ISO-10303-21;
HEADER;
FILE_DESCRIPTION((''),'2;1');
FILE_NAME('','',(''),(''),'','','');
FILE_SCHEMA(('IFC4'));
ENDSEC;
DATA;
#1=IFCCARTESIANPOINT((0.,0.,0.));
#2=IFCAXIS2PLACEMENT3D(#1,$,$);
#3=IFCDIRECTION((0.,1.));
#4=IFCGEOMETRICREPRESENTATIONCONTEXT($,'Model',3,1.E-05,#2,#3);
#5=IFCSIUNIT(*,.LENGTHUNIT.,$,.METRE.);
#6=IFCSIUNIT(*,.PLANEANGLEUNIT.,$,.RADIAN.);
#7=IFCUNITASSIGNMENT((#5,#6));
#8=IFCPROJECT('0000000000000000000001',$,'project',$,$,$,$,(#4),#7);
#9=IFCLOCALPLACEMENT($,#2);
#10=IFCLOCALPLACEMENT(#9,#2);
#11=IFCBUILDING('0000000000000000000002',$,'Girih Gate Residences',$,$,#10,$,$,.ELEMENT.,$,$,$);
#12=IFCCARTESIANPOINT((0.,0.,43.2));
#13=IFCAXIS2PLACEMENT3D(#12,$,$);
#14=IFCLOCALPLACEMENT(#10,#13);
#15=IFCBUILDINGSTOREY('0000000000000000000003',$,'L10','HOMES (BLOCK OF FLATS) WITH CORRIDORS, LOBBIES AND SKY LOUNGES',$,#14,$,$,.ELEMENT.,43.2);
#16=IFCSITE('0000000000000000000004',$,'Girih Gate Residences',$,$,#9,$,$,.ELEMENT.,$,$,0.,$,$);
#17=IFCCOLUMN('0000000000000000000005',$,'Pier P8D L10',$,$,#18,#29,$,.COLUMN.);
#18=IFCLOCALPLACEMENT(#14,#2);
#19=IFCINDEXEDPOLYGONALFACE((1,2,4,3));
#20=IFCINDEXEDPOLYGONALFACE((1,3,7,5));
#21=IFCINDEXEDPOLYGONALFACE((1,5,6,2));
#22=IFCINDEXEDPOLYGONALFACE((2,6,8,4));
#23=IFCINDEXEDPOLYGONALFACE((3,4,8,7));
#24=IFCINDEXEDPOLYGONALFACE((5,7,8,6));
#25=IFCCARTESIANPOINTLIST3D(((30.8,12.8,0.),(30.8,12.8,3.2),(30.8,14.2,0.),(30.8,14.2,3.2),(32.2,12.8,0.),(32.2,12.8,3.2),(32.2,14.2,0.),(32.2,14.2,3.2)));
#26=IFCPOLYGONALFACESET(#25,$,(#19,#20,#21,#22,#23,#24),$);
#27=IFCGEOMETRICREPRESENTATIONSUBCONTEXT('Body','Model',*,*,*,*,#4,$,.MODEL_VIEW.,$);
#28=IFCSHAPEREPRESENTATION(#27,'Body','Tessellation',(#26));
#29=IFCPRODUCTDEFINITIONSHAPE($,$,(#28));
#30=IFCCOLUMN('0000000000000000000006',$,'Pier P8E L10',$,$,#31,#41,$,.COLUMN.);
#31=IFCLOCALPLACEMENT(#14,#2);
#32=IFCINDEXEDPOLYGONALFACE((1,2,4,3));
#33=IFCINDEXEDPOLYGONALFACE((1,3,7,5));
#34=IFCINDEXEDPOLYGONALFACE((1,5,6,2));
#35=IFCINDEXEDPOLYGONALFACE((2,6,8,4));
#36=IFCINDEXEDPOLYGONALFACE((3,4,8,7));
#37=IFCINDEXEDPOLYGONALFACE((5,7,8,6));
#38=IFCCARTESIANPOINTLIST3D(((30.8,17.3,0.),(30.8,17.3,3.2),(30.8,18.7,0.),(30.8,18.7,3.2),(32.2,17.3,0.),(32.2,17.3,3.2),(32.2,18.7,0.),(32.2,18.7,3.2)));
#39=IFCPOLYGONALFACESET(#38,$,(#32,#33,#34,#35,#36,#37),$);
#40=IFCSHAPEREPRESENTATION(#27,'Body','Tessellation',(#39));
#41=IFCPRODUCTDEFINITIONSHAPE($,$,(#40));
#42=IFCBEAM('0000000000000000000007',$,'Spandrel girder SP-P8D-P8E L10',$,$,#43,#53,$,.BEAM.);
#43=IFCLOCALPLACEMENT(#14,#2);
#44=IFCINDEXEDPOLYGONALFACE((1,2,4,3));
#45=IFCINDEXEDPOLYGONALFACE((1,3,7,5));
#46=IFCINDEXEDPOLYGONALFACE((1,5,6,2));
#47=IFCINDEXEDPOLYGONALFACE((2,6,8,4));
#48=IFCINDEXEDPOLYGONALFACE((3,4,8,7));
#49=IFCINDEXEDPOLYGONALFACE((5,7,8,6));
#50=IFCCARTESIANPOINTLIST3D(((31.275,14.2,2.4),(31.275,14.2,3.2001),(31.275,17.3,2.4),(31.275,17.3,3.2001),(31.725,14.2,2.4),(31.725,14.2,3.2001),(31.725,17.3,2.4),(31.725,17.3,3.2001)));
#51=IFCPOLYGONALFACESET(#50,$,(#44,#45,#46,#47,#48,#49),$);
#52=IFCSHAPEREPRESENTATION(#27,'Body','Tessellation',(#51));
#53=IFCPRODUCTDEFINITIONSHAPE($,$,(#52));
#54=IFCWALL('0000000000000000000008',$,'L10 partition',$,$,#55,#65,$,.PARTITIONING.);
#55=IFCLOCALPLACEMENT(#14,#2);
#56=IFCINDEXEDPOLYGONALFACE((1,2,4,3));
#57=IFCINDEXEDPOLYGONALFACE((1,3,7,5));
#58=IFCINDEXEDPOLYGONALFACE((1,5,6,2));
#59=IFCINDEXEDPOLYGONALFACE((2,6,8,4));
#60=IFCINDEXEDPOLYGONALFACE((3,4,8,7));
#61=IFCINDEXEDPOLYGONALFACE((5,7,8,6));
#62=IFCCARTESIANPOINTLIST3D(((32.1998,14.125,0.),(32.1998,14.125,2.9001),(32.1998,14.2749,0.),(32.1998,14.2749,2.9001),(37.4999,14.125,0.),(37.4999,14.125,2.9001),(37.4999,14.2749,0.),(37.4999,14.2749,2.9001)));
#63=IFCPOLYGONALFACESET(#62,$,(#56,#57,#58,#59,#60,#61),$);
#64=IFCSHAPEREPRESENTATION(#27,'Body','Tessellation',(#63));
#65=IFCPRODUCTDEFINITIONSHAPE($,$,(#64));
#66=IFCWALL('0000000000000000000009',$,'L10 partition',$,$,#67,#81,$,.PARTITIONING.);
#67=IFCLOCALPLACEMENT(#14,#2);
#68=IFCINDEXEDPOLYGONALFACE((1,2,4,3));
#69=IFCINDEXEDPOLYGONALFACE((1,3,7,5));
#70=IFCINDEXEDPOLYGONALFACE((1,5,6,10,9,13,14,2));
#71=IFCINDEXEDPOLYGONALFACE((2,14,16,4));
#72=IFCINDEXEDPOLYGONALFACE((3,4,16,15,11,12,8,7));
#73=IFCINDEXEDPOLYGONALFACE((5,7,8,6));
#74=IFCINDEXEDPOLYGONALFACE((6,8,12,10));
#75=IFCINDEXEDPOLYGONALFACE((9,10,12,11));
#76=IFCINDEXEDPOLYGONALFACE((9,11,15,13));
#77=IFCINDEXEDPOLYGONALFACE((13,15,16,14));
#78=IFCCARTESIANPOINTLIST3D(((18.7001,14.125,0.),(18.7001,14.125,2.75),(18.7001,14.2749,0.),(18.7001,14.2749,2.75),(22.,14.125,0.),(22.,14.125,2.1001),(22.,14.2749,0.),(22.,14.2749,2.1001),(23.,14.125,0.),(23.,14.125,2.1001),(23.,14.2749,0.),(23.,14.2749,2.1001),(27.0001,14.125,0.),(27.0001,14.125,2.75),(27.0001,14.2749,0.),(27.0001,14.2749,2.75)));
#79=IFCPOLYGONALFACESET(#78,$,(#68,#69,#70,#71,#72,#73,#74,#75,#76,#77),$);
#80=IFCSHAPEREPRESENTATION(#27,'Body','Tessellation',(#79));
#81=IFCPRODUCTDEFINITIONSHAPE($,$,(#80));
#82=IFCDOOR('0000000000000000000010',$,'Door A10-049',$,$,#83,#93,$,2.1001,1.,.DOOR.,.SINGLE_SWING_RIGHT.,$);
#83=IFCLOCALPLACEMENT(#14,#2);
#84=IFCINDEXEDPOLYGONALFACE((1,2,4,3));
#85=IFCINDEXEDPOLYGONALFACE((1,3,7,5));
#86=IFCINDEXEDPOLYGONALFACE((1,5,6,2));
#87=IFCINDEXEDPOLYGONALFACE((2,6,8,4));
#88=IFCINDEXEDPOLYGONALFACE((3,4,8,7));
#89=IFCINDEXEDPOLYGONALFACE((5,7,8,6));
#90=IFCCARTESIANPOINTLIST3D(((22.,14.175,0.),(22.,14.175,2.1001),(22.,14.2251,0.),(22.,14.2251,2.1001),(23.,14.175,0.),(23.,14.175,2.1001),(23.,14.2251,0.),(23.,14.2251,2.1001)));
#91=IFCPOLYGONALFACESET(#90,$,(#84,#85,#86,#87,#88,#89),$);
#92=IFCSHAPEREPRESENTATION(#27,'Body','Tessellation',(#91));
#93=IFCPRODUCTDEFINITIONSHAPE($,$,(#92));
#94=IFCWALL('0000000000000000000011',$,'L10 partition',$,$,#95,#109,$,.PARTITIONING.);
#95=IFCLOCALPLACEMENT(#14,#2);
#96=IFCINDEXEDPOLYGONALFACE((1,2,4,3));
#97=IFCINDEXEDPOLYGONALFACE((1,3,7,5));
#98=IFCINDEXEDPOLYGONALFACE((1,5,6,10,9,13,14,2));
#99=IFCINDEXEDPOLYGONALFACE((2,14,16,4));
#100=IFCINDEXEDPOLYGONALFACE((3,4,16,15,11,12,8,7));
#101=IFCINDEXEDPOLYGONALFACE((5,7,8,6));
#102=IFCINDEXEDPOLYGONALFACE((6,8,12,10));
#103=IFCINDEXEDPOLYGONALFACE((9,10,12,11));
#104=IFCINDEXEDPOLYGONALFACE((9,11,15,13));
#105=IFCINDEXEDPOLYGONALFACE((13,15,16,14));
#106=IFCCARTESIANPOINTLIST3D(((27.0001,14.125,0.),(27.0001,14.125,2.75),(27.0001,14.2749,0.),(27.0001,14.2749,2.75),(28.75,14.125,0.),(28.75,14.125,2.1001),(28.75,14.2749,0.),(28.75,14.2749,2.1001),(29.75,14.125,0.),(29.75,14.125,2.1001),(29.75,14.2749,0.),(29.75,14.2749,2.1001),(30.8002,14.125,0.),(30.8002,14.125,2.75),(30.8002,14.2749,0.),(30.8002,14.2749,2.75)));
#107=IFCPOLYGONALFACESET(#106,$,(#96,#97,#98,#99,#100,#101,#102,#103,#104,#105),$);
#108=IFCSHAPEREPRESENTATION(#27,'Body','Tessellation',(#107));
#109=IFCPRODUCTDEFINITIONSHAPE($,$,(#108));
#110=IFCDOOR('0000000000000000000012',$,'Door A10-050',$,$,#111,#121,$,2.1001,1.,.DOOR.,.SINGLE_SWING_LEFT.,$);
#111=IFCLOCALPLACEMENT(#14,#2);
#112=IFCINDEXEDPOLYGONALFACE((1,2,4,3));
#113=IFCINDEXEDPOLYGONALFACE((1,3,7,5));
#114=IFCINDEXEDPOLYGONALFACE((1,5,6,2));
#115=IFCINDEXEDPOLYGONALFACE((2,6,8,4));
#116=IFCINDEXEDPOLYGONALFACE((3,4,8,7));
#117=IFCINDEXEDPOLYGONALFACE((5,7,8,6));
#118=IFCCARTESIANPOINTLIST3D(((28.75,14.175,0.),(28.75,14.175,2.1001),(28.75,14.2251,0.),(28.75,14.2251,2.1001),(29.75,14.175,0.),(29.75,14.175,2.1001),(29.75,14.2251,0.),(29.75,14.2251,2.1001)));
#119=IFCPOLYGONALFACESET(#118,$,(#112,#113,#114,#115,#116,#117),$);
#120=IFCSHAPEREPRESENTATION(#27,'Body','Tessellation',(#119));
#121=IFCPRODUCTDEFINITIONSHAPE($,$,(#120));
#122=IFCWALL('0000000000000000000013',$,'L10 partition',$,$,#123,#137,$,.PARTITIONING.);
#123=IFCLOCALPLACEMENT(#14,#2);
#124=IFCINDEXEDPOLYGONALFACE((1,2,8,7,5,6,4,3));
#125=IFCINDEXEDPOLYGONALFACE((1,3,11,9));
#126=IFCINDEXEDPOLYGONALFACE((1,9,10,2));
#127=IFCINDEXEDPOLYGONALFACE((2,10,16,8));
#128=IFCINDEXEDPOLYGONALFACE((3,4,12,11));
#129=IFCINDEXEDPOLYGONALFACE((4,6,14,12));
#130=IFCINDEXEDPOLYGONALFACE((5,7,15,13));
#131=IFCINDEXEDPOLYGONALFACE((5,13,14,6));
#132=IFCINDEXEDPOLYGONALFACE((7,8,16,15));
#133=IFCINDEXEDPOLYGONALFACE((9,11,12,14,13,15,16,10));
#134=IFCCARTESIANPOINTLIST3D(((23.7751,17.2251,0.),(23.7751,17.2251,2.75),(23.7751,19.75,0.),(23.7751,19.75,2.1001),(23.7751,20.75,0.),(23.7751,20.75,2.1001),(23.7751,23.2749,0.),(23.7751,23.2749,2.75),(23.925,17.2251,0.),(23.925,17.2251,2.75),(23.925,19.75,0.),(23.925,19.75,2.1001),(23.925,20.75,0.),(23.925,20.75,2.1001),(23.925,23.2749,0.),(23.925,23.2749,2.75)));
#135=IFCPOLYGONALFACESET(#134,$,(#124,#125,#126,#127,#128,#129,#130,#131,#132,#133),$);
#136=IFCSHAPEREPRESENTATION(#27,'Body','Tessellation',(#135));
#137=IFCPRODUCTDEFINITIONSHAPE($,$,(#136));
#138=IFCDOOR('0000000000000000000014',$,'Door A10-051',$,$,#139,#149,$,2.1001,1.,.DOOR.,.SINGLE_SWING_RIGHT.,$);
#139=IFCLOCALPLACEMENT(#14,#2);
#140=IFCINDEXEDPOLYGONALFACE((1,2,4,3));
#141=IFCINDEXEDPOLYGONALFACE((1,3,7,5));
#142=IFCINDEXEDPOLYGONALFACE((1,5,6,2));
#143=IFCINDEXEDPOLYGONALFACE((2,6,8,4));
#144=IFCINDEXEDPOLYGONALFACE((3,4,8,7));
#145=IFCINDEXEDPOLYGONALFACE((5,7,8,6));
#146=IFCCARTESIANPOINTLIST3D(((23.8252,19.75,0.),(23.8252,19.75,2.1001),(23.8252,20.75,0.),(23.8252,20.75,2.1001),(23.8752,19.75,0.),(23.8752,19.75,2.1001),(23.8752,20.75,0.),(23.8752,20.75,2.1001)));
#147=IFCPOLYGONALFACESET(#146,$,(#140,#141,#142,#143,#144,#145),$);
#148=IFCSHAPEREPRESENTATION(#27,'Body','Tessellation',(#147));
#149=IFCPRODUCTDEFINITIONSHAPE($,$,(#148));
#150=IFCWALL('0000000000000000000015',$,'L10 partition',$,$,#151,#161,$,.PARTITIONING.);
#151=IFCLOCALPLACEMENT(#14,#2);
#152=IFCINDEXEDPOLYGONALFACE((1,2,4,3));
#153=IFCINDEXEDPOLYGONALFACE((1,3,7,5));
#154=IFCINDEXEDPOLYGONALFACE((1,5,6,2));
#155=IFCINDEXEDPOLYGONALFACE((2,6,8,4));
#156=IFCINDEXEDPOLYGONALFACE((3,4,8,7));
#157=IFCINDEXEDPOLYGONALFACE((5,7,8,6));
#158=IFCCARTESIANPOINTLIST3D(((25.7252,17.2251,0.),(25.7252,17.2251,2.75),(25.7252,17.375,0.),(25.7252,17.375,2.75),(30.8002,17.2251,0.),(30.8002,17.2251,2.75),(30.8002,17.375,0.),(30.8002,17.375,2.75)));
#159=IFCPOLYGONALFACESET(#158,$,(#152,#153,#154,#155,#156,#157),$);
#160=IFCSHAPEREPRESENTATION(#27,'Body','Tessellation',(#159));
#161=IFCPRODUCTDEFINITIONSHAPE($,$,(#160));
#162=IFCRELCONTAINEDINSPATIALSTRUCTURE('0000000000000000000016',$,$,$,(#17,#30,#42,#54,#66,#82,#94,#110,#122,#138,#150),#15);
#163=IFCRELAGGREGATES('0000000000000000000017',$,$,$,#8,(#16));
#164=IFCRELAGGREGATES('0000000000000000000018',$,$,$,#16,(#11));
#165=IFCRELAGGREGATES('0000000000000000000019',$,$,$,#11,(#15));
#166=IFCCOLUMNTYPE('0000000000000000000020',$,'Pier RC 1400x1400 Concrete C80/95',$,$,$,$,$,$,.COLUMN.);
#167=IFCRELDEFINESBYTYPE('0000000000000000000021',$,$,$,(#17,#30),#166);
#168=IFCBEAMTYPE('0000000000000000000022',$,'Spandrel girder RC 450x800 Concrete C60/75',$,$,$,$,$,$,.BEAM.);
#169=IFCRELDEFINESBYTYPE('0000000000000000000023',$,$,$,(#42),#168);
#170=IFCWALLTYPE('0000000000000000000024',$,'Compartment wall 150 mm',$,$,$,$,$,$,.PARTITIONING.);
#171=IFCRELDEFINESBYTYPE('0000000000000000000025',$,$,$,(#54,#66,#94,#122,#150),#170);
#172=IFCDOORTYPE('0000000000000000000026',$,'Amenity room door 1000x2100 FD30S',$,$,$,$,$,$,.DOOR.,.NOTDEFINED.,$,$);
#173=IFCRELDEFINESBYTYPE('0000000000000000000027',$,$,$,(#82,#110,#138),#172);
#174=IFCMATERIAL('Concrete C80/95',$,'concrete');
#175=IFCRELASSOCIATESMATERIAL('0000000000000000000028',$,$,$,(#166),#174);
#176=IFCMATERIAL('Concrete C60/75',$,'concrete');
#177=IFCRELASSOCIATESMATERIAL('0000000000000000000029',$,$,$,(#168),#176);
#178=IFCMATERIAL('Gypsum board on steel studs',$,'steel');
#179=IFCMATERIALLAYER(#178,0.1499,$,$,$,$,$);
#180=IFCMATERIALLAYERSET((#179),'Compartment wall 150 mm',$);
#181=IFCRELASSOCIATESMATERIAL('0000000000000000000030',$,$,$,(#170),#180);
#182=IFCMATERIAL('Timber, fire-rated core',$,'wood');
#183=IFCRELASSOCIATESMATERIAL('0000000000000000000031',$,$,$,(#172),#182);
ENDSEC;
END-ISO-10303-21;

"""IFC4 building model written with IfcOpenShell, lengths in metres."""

from ifc_helpers import new_model, si_unit, direction, frame, frame_2d, origin, origin_2d, place, context, subcontext, project, spatial, rectangle, extrude, material, layer, layer_set, material_profile, profile_set, type_object, element, fill, save


model = new_model("IFC4")

# Units and contexts
model_context = context("Model", 3, precision=1e-05, world=origin(), true_north=direction((0.0, 1.0)))
body_context = subcontext(model_context, "Body", "Model", "MODEL_VIEW")
ifc_project = project(units=[si_unit("LENGTHUNIT", "METRE"), si_unit("PLANEANGLEUNIT", "RADIAN")], contexts=[model_context])

# Site, building, storey
site_placement = place(None, origin())
site = spatial("IfcSite", under=ifc_project, at=site_placement, Name="Girih Gate Residences", CompositionType="ELEMENT", RefElevation=0.0)
building_placement = place(site_placement, origin())
building = spatial("IfcBuilding", under=site, at=building_placement, Name="Girih Gate Residences", CompositionType="ELEMENT")
storey_placement = place(building_placement, frame((0.0, 0.0, 43.2)))
storey = spatial("IfcBuildingStorey", under=building, at=storey_placement, Name="L10", Description="HOMES (BLOCK OF FLATS) WITH CORRIDORS, LOBBIES AND SKY LOUNGES", CompositionType="ELEMENT", Elevation=43.2)

# Columns
ifc_material_1 = material(Name="Concrete C80/95", Category="concrete")
ifc_material_profile_1 = material_profile(ifc_material_1, rectangle(XDim=1.3999, YDim=1.3999, at=origin_2d()))
ifc_profile_set_1 = profile_set([ifc_material_profile_1], Name="Concrete C80/95")
column_type = type_object("IfcColumnType", Name="Pier RC 1400x1400 Concrete C80/95", PredefinedType="COLUMN", material=ifc_profile_set_1)
for number, where, z_axis, x_axis, name in (
    (1, (31.5, 13.5, 0.0), (0.0, 0.0, 1.0), (1.0, 0.0, 0.0), "Pier P8D L10"),
    (2, (31.5, 18.0, 0.0), (0.0, 0.0, 1.0), (1.0, 0.0, 0.0), "Pier P8E L10"),
):
    element("IfcColumn", number, at=place(storey_placement, frame(where, z_axis=z_axis, x_axis=x_axis)), inside=storey, type_object=column_type, Name=name, PredefinedType="COLUMN", context=body_context, shape_type="SweptSolid", body=[
        extrude(rectangle(XDim=1.3999, YDim=1.3999, at=origin_2d()), origin(), (0.0, 0.0, 1.0), 3.2),
    ])

# Beam
ifc_material_2 = material(Name="Concrete C60/75", Category="concrete")
ifc_material_profile_2 = material_profile(ifc_material_2, rectangle(XDim=0.45, YDim=0.8, at=origin_2d()))
ifc_profile_set_2 = profile_set([ifc_material_profile_2], Name="Concrete C60/75")
beam_type = type_object("IfcBeamType", Name="Spandrel girder RC 450x800 Concrete C60/75", PredefinedType="BEAM", material=ifc_profile_set_2)
beam_placement = place(storey_placement, frame((31.5, 14.2, 2.8), z_axis=(0.0, 1.0, 0.0), x_axis=(-1.0, 0.0, 0.0)))
element("IfcBeam", 3, at=beam_placement, inside=storey, type_object=beam_type, Name="Spandrel girder SP-P8D-P8E L10", PredefinedType="BEAM", context=body_context, shape_type="SweptSolid", body=[
    extrude(rectangle(XDim=0.45, YDim=0.8, at=origin_2d()), origin(), (0.0, 0.0, 1.0), 3.1001),
])

# Wall
ifc_material_3 = material(Name="Gypsum board on steel studs", Category="steel")
ifc_layer_1 = layer(ifc_material_3, 0.1499)
ifc_layer_set_1 = layer_set([ifc_layer_1], Name="Compartment wall 150 mm")
wall_type_1 = type_object("IfcWallType", Name="Compartment wall 150 mm", PredefinedType="PARTITIONING", material=ifc_layer_set_1)
wall_1_placement = place(storey_placement, frame((32.2, 14.2, 0.0), z_axis=(0.0, 0.0, 1.0), x_axis=(1.0, 0.0, 0.0)))
element("IfcWall", 4, at=wall_1_placement, inside=storey, type_object=wall_type_1, Name="L10 partition", PredefinedType="PARTITIONING", context=body_context, shape_type="SweptSolid", body=[
    extrude(rectangle(XDim=5.3, YDim=0.1499, at=frame_2d((2.6499, 0.0))), origin(), (0.0, 0.0, 1.0), 2.9001),
])

# Walls, openings, doors
wall_2_placement = place(storey_placement, frame((27.0, 14.2, 0.0), z_axis=(0.0, 0.0, 1.0), x_axis=(-1.0, 0.0, 0.0)))
wall_2 = element("IfcWall", 5, at=wall_2_placement, inside=storey, type_object=wall_type_1, Name="L10 partition", PredefinedType="PARTITIONING", context=body_context, shape_type="SweptSolid", body=[
    extrude(rectangle(XDim=8.3, YDim=0.1499, at=frame_2d((4.1499, 0.0))), origin(), (0.0, 0.0, 1.0), 2.75),
])
opening_1_placement = place(wall_2_placement, frame((4.0, 0.0, 0.0)))
opening_1 = element("IfcOpeningElement", 6, at=opening_1_placement, cuts=wall_2, PredefinedType="OPENING", context=body_context, shape_type="SweptSolid", body=[
    extrude(rectangle(XDim=1.0, YDim=2.1001, at=frame_2d((0.5, 1.05))), frame((0.0, 0.085, 0.0), z_axis=(0.0, -1.0, 0.0), x_axis=(1.0, 0.0, 0.0)), (0.0, 0.0, 1.0), 0.1699),
])
ifc_material_4 = material(Name="Timber, fire-rated core", Category="wood")
door_type_1 = type_object("IfcDoorType", Name="Amenity room door 1000x2100 FD30S", OperationType="NOTDEFINED", PredefinedType="DOOR", material=ifc_material_4)
door_1_placement = place(opening_1_placement, origin())
door_1 = element("IfcDoor", 7, at=door_1_placement, inside=storey, type_object=door_type_1, Name="Door A10-049", OperationType="SINGLE_SWING_RIGHT", OverallHeight=2.1001, OverallWidth=1.0, PredefinedType="DOOR", context=body_context, shape_type="SweptSolid", body=[
    extrude(rectangle(XDim=1.0, YDim=2.1001, at=frame_2d((0.5, 1.05))), frame((0.0, 0.0249, 0.0), z_axis=(0.0, -1.0, 0.0), x_axis=(1.0, 0.0, 0.0)), (0.0, 0.0, 1.0), 0.05),
])
fill(opening_1, door_1)
wall_3_placement = place(storey_placement, frame((30.8, 14.2, 0.0), z_axis=(0.0, 0.0, 1.0), x_axis=(-1.0, 0.0, 0.0)))
wall_3 = element("IfcWall", 8, at=wall_3_placement, inside=storey, type_object=wall_type_1, Name="L10 partition", PredefinedType="PARTITIONING", context=body_context, shape_type="SweptSolid", body=[
    extrude(rectangle(XDim=3.8, YDim=0.1499, at=frame_2d((1.8999, 0.0))), origin(), (0.0, 0.0, 1.0), 2.75),
])
opening_2_placement = place(wall_3_placement, frame((1.05, 0.0, 0.0)))
opening_2 = element("IfcOpeningElement", 9, at=opening_2_placement, cuts=wall_3, PredefinedType="OPENING", context=body_context, shape_type="SweptSolid", body=[
    extrude(rectangle(XDim=1.0, YDim=2.1001, at=frame_2d((0.5, 1.05))), frame((0.0, 0.085, 0.0), z_axis=(0.0, -1.0, 0.0), x_axis=(1.0, 0.0, 0.0)), (0.0, 0.0, 1.0), 0.1699),
])
door_2_placement = place(opening_2_placement, origin())
door_2 = element("IfcDoor", 10, at=door_2_placement, inside=storey, type_object=door_type_1, Name="Door A10-050", OperationType="SINGLE_SWING_LEFT", OverallHeight=2.1001, OverallWidth=1.0, PredefinedType="DOOR", context=body_context, shape_type="SweptSolid", body=[
    extrude(rectangle(XDim=1.0, YDim=2.1001, at=frame_2d((0.5, 1.05))), frame((0.0, 0.0249, 0.0), z_axis=(0.0, -1.0, 0.0), x_axis=(1.0, 0.0, 0.0)), (0.0, 0.0, 1.0), 0.05),
])
fill(opening_2, door_2)
wall_4_placement = place(storey_placement, frame((23.8501, 17.2251, 0.0), z_axis=(0.0, 0.0, 1.0), x_axis=(0.0, 1.0, 0.0)))
wall_4 = element("IfcWall", 11, at=wall_4_placement, inside=storey, type_object=wall_type_1, Name="L10 partition", PredefinedType="PARTITIONING", context=body_context, shape_type="SweptSolid", body=[
    extrude(rectangle(XDim=6.0498, YDim=0.1499, at=frame_2d((3.0249, 0.0))), origin(), (0.0, 0.0, 1.0), 2.75),
])
opening_3_placement = place(wall_4_placement, frame((2.5249, 0.0, 0.0)))
opening_3 = element("IfcOpeningElement", 12, at=opening_3_placement, cuts=wall_4, PredefinedType="OPENING", context=body_context, shape_type="SweptSolid", body=[
    extrude(rectangle(XDim=1.0, YDim=2.1001, at=frame_2d((0.5, 1.05))), frame((0.0, 0.085, 0.0), z_axis=(0.0, -1.0, 0.0), x_axis=(1.0, 0.0, 0.0)), (0.0, 0.0, 1.0), 0.1699),
])
door_3_placement = place(opening_3_placement, origin())
door_3 = element("IfcDoor", 13, at=door_3_placement, inside=storey, type_object=door_type_1, Name="Door A10-051", OperationType="SINGLE_SWING_RIGHT", OverallHeight=2.1001, OverallWidth=1.0, PredefinedType="DOOR", context=body_context, shape_type="SweptSolid", body=[
    extrude(rectangle(XDim=1.0, YDim=2.1001, at=frame_2d((0.5, 1.05))), frame((0.0, 0.0249, 0.0), z_axis=(0.0, -1.0, 0.0), x_axis=(1.0, 0.0, 0.0)), (0.0, 0.0, 1.0), 0.05),
])
fill(opening_3, door_3)

# Wall
wall_5_placement = place(storey_placement, frame((25.7251, 17.3, 0.0), z_axis=(0.0, 0.0, 1.0), x_axis=(1.0, 0.0, 0.0)))
element("IfcWall", 14, at=wall_5_placement, inside=storey, type_object=wall_type_1, Name="L10 partition", PredefinedType="PARTITIONING", context=body_context, shape_type="SweptSolid", body=[
    extrude(rectangle(XDim=5.075, YDim=0.1499, at=frame_2d((2.5376, 0.0))), origin(), (0.0, 0.0, 1.0), 2.75),
])

save(model, "model.ifc")
